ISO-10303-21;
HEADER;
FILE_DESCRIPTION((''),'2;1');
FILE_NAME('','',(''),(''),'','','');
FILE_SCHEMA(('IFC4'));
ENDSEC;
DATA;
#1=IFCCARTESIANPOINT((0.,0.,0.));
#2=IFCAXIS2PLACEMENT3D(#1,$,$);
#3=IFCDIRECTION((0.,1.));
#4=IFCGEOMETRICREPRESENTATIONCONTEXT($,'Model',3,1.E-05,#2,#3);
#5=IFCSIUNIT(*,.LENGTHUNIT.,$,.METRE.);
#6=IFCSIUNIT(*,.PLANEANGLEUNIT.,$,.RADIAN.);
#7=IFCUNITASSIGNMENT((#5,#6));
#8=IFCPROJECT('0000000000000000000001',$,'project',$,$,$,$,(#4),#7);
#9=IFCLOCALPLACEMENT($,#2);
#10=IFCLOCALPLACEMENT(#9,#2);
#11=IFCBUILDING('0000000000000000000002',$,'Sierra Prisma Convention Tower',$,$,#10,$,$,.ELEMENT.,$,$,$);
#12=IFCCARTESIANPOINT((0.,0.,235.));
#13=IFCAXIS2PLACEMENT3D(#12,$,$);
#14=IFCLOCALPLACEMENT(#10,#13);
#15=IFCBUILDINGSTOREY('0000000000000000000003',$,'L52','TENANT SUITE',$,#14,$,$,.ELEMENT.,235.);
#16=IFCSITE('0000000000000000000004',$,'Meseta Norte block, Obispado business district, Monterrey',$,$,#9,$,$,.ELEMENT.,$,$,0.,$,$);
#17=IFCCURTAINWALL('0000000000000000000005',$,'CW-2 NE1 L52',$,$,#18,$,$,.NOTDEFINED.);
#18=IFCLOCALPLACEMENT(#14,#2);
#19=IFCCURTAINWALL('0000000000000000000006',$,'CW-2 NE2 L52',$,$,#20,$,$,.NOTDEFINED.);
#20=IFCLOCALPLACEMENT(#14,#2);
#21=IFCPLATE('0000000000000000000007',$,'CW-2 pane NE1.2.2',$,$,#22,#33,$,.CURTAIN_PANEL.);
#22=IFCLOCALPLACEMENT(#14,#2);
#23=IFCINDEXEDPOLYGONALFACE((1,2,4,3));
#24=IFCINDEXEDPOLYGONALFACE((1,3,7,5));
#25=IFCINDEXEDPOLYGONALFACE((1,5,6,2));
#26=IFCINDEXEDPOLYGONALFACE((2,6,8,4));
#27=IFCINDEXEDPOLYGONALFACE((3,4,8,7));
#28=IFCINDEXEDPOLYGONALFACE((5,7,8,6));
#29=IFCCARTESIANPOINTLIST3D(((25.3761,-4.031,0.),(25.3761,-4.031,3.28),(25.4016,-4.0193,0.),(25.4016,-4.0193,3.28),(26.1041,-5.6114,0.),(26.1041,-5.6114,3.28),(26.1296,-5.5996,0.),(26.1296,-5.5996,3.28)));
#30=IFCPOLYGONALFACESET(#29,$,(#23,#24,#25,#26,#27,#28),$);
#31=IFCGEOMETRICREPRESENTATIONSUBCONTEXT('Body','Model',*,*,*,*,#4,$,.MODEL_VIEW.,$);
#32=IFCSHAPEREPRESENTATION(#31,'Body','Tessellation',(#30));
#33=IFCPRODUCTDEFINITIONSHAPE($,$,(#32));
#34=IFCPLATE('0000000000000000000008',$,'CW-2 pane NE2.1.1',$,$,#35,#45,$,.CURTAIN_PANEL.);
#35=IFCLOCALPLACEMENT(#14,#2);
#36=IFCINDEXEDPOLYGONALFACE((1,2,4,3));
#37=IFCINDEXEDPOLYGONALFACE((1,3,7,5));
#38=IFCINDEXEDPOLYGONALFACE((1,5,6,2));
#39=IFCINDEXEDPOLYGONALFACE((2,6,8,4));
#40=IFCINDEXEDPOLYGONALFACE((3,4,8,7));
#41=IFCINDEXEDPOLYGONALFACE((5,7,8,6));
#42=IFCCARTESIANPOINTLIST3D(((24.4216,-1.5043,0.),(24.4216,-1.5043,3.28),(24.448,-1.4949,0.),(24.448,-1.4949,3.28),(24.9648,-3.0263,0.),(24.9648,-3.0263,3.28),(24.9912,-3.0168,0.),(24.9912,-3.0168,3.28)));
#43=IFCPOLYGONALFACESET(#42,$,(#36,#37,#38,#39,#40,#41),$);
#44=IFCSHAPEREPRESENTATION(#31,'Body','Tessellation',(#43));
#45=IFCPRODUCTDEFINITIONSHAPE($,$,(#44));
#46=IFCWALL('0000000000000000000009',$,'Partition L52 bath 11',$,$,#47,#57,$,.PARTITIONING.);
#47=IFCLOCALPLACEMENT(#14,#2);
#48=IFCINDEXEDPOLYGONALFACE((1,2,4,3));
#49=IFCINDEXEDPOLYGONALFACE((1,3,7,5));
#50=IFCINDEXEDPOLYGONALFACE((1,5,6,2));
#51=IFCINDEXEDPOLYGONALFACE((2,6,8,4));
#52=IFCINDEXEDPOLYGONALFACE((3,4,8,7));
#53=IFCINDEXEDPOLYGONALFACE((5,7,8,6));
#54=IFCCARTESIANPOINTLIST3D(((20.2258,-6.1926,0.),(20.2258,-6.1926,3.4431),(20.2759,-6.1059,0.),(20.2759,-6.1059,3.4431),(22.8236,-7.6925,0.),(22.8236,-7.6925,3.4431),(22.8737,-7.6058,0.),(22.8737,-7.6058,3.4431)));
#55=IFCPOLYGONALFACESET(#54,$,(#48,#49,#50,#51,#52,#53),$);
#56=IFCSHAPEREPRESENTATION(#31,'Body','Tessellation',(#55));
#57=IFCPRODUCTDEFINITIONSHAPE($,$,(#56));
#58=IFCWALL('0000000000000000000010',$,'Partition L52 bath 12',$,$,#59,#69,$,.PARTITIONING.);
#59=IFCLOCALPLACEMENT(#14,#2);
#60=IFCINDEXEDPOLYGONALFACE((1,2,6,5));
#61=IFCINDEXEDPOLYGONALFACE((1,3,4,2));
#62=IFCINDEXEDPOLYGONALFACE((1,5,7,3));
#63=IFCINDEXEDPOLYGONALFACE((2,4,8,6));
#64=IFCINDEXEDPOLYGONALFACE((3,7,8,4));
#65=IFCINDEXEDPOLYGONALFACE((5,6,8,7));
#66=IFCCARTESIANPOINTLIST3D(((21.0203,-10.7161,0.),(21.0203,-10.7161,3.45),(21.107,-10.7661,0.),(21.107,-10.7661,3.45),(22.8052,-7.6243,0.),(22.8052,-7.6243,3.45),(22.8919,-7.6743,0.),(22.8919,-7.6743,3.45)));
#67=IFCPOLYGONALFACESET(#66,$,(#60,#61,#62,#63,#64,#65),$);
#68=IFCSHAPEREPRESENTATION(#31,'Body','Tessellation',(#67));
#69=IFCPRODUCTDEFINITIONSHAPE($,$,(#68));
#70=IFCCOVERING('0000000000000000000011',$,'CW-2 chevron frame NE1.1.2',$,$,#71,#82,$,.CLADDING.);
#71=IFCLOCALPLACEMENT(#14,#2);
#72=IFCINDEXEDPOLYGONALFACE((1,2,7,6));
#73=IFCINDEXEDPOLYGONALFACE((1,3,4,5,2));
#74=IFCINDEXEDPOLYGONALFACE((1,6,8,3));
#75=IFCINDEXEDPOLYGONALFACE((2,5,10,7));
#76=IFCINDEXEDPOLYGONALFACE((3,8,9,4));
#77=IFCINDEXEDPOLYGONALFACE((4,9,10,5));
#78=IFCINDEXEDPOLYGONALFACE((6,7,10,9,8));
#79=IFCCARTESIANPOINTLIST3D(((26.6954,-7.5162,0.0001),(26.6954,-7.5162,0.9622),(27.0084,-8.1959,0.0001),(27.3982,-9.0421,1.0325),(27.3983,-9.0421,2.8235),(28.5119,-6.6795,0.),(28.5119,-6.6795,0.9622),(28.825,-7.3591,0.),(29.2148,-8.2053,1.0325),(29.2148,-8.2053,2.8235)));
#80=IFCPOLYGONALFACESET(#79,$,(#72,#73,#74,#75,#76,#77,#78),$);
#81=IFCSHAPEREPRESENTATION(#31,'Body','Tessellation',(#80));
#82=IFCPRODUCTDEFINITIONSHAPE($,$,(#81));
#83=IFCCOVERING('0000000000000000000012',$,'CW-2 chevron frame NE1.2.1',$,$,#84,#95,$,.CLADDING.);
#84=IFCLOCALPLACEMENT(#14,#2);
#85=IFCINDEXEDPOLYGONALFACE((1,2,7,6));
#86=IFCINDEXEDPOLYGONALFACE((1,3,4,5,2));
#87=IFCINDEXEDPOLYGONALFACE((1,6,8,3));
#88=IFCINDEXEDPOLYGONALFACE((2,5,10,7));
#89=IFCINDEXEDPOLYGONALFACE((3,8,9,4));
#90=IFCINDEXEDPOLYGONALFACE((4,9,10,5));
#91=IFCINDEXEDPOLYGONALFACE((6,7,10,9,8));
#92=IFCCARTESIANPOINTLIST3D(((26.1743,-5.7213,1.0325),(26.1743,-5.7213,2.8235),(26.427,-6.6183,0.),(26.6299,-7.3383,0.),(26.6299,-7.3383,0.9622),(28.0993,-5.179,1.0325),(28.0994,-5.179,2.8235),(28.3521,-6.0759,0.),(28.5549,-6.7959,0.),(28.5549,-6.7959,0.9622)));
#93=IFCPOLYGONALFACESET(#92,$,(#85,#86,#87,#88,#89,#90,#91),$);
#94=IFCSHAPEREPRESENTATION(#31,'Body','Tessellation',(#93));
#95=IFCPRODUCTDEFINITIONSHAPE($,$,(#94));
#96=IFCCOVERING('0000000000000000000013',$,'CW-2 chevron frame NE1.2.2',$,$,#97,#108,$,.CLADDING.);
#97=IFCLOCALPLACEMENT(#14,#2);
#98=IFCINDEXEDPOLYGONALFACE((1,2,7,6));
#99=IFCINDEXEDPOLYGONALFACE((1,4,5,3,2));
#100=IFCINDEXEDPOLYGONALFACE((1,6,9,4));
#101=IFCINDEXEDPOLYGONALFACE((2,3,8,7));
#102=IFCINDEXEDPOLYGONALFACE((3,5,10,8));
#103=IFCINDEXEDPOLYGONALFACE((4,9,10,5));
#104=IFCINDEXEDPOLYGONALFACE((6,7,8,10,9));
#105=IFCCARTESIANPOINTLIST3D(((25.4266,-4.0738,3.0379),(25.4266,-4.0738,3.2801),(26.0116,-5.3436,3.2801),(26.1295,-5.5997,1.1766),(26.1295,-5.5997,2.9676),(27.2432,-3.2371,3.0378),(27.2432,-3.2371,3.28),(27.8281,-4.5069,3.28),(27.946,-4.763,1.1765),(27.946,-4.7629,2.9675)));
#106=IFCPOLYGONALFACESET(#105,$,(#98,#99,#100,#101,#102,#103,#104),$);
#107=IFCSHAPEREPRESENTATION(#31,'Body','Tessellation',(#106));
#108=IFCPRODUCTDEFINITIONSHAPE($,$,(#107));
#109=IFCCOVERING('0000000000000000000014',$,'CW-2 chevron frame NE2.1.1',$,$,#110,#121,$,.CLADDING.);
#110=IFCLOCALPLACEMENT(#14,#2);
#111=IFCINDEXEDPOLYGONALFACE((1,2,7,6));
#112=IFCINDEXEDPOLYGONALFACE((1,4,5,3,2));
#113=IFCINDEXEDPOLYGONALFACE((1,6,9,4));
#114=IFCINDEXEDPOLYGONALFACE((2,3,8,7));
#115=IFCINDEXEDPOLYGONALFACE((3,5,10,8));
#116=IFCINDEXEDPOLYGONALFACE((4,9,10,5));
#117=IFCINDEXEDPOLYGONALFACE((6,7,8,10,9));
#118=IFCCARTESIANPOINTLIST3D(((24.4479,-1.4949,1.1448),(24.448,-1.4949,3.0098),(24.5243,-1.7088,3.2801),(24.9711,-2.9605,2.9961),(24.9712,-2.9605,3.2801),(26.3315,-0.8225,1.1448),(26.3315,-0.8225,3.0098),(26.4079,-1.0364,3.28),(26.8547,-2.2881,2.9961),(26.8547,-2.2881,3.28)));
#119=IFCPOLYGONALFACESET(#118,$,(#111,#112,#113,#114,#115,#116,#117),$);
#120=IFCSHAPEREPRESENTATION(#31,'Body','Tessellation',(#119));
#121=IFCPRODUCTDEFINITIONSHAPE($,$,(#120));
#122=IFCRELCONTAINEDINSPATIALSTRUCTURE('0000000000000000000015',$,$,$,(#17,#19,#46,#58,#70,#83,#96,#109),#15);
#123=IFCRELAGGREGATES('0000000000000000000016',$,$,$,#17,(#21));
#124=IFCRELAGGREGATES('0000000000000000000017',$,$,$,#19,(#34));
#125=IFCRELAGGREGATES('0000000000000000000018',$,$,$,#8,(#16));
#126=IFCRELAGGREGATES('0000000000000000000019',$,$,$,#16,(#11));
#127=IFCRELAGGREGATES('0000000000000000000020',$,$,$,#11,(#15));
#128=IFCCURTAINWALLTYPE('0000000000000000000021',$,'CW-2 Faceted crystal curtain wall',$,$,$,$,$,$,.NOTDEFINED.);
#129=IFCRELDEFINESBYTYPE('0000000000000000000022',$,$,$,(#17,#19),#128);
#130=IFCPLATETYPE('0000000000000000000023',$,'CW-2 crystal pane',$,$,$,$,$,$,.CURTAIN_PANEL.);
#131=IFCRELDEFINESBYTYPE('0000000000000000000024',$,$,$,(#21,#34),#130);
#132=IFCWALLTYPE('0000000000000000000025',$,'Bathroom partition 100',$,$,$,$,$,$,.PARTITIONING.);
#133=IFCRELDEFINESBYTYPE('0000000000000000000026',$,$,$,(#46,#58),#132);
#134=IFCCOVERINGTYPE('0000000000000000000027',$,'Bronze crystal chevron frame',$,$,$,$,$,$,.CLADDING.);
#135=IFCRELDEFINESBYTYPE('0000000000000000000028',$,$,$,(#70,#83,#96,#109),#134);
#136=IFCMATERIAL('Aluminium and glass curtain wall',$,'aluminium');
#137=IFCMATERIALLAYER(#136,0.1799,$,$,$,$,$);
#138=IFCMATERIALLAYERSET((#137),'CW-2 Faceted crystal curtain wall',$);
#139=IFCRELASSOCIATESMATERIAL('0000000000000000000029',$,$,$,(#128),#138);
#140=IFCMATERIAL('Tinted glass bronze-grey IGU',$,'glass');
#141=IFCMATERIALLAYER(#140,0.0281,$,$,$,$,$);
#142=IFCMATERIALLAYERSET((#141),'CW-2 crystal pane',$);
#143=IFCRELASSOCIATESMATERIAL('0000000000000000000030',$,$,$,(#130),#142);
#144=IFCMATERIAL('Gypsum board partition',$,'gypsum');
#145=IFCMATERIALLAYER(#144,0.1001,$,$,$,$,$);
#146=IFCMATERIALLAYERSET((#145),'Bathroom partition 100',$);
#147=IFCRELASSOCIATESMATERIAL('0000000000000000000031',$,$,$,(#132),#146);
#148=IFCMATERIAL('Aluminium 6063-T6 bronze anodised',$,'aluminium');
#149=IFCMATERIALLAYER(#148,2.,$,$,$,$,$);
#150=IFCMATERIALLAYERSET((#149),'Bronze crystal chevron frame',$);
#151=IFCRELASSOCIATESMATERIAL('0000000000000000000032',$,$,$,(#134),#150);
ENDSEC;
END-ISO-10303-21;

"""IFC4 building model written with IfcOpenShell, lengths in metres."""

from ifc_helpers import new_model, si_unit, direction, frame, frame_2d, origin, place, context, subcontext, project, spatial, polyline, rectangle, outline, extrude, material, layer, layer_set, type_object, element, aggregate, save


model = new_model("IFC4")

# Units and contexts
model_context = context("Model", 3, precision=1e-05, world=origin(), true_north=direction((0.0, 1.0)))
body_context = subcontext(model_context, "Body", "Model", "MODEL_VIEW")
ifc_project = project(units=[si_unit("LENGTHUNIT", "METRE"), si_unit("PLANEANGLEUNIT", "RADIAN")], contexts=[model_context])

# Site, building, storey
site_placement = place(None, origin())
site = spatial("IfcSite", under=ifc_project, at=site_placement, Name="Meseta Norte block, Obispado business district, Monterrey", CompositionType="ELEMENT", RefElevation=0.0)
building_placement = place(site_placement, origin())
building = spatial("IfcBuilding", under=site, at=building_placement, Name="Sierra Prisma Convention Tower", CompositionType="ELEMENT")
storey_placement = place(building_placement, frame((0.0, 0.0, 235.0)))
storey = spatial("IfcBuildingStorey", under=building, at=storey_placement, Name="L52", Description="TENANT SUITE", CompositionType="ELEMENT", Elevation=235.0)

# Curtain wall
ifc_material_1 = material(Name="Aluminium and glass curtain wall", Category="aluminium")
ifc_layer_1 = layer(ifc_material_1, 0.1799)
ifc_layer_set_1 = layer_set([ifc_layer_1], Name="CW-2 Faceted crystal curtain wall")
curtain_wall_type = type_object("IfcCurtainWallType", Name="CW-2 Faceted crystal curtain wall", PredefinedType="NOTDEFINED", material=ifc_layer_set_1)
curtain_wall_1_placement = place(storey_placement, origin())
curtain_wall_1 = element("IfcCurtainWall", 1, at=curtain_wall_1_placement, inside=storey, type_object=curtain_wall_type, Name="CW-2 NE1 L52", PredefinedType="NOTDEFINED")

# Curtain wall
curtain_wall_2_placement = place(storey_placement, origin())
curtain_wall_2 = element("IfcCurtainWall", 2, at=curtain_wall_2_placement, inside=storey, type_object=curtain_wall_type, Name="CW-2 NE2 L52", PredefinedType="NOTDEFINED")

# Plates
ifc_material_2 = material(Name="Tinted glass bronze-grey IGU", Category="glass")
ifc_layer_2 = layer(ifc_material_2, 0.0281)
ifc_layer_set_2 = layer_set([ifc_layer_2], Name="CW-2 crystal pane")
plate_type = type_object("IfcPlateType", Name="CW-2 crystal pane", PredefinedType="CURTAIN_PANEL", material=ifc_layer_set_2)
plate_1_placement = place(storey_placement, frame((25.4016, -4.0193, 0.0), z_axis=(0.908255, 0.418417, 0.0), x_axis=(0.418417, -0.908255, 0.0)))
plate_1 = element("IfcPlate", 3, at=plate_1_placement, type_object=plate_type, Name="CW-2 pane NE1.2.2", PredefinedType="CURTAIN_PANEL", context=body_context, shape_type="SweptSolid", body=[
    extrude(outline(polyline([(0.0, 0.0), (1.74, 0.0), (1.74, -3.28), (0.0, -3.28), (0.0, 0.0)])), origin(), (0.0, 0.0, -1.0), 0.0281),
])
aggregate(curtain_wall_1, [plate_1])
plate_2_placement = place(storey_placement, frame((24.9912, -3.0168, 0.0), z_axis=(0.94181, 0.336145, 0.0), x_axis=(-0.336145, 0.94181, 0.0)))
plate_2 = element("IfcPlate", 4, at=plate_2_placement, type_object=plate_type, Name="CW-2 pane NE2.1.1", PredefinedType="CURTAIN_PANEL", context=body_context, shape_type="SweptSolid", body=[
    extrude(outline(polyline([(0.0, 0.0), (1.616, 0.0), (1.616, 3.28), (0.0, 3.28), (0.0, 0.0)])), origin(), (0.0, 0.0, -1.0), 0.0281),
])
aggregate(curtain_wall_2, [plate_2])

# Walls
ifc_material_3 = material(Name="Gypsum board partition", Category="gypsum")
ifc_layer_3 = layer(ifc_material_3, 0.1001)
ifc_layer_set_3 = layer_set([ifc_layer_3], Name="Bathroom partition 100")
wall_type = type_object("IfcWallType", Name="Bathroom partition 100", PredefinedType="PARTITIONING", material=ifc_layer_set_3)
wall_1_placement = place(storey_placement, frame((20.2507, -6.1492, 0.0), z_axis=(0.0, 0.0, 1.0), x_axis=(0.866011, -0.500025, 0.0)))
element("IfcWall", 5, at=wall_1_placement, inside=storey, type_object=wall_type, Name="Partition L52 bath 11", PredefinedType="PARTITIONING", context=body_context, shape_type="SweptSolid", body=[
    extrude(rectangle(XDim=2.9998, YDim=0.1001, at=frame_2d((1.5, 0.0))), origin(), (0.0, 0.0, 1.0), 3.4431),
])
wall_2_placement = place(storey_placement, frame((22.8486, -7.6492, 0.0), z_axis=(0.0, 0.0, 1.0), x_axis=(-0.499971, -0.866042, 0.0)))
element("IfcWall", 6, at=wall_2_placement, inside=storey, type_object=wall_type, Name="Partition L52 bath 12", PredefinedType="PARTITIONING", context=body_context, shape_type="SweptSolid", body=[
    extrude(rectangle(XDim=3.5701, YDim=0.1001, at=frame_2d((1.7852, 0.0))), origin(), (0.0, 0.0, 1.0), 3.45),
])

# Coverings
ifc_material_4 = material(Name="Aluminium 6063-T6 bronze anodised", Category="aluminium")
ifc_layer_4 = layer(ifc_material_4, 2.0)
ifc_layer_set_4 = layer_set([ifc_layer_4], Name="Bronze crystal chevron frame")
covering_type = type_object("IfcCoveringType", Name="Bronze crystal chevron frame", PredefinedType="CLADDING", material=ifc_layer_set_4)
covering_1_placement = place(storey_placement, frame((29.2148, -8.2053, 2.8235), z_axis=(0.908277, 0.418369, -0.000029), x_axis=(-0.000026, -0.000012, -1.0)))
element("IfcCovering", 7, at=covering_1_placement, inside=storey, type_object=covering_type, Name="CW-2 chevron frame NE1.1.2", PredefinedType="CLADDING", context=body_context, shape_type="SweptSolid", body=[
    extrude(outline(polyline([(0.0, 0.0), (1.791, 0.0), (2.8235, 0.9317), (2.8235, 1.68), (1.8613, 1.68), (0.0, 0.0)])), origin(), (0.0, 0.0, -1.0), 2.0),
])
covering_2_placement = place(storey_placement, frame((28.3521, -6.0759, 0.0), z_axis=(0.962525, 0.271193, -0.00001), x_axis=(-0.181698, 0.644914, 0.742342)))
element("IfcCovering", 8, at=covering_2_placement, inside=storey, type_object=covering_type, Name="CW-2 chevron frame NE1.2.1", PredefinedType="CLADDING", context=body_context, shape_type="SweptSolid", body=[
    extrude(outline(polyline([(0.0, 0.0), (1.3908, 0.0), (2.7204, 1.2), (0.2131, 1.1999), (-0.5012, 0.5553), (0.0, 0.0)])), origin(), (0.0, 0.0, -1.0), 2.0),
])
covering_3_placement = place(storey_placement, frame((27.2432, -3.2371, 3.28), z_axis=(0.908268, 0.418389, -0.00002), x_axis=(0.418389, -0.908268, 0.0)))
element("IfcCovering", 9, at=covering_3_placement, inside=storey, type_object=covering_type, Name="CW-2 chevron frame NE1.2.2", PredefinedType="CLADDING", context=body_context, shape_type="SweptSolid", body=[
    extrude(outline(polyline([(0.0, 0.0), (1.398, 0.0), (1.68, 0.3125), (1.68, 2.1035), (0.0, 0.2422), (0.0, 0.0)])), origin(), (0.0, 0.0, -1.0), 2.0),
])
covering_4_placement = place(storey_placement, frame((26.8547, -2.2881, 3.28), z_axis=(0.94179, 0.336203, -0.000027), x_axis=(-0.000025, -0.000009, -1.0)))
element("IfcCovering", 10, at=covering_4_placement, inside=storey, type_object=covering_type, Name="CW-2 chevron frame NE2.1.1", PredefinedType="CLADDING", context=body_context, shape_type="SweptSolid", body=[
    extrude(outline(polyline([(0.0, 0.0), (0.2839, 0.0), (2.1353, 1.5562), (0.2703, 1.5562), (0.0, 1.3291), (0.0, 0.0)])), origin(), (0.0, 0.0, -1.0), 2.0),
])

save(model, "model.ifc")
